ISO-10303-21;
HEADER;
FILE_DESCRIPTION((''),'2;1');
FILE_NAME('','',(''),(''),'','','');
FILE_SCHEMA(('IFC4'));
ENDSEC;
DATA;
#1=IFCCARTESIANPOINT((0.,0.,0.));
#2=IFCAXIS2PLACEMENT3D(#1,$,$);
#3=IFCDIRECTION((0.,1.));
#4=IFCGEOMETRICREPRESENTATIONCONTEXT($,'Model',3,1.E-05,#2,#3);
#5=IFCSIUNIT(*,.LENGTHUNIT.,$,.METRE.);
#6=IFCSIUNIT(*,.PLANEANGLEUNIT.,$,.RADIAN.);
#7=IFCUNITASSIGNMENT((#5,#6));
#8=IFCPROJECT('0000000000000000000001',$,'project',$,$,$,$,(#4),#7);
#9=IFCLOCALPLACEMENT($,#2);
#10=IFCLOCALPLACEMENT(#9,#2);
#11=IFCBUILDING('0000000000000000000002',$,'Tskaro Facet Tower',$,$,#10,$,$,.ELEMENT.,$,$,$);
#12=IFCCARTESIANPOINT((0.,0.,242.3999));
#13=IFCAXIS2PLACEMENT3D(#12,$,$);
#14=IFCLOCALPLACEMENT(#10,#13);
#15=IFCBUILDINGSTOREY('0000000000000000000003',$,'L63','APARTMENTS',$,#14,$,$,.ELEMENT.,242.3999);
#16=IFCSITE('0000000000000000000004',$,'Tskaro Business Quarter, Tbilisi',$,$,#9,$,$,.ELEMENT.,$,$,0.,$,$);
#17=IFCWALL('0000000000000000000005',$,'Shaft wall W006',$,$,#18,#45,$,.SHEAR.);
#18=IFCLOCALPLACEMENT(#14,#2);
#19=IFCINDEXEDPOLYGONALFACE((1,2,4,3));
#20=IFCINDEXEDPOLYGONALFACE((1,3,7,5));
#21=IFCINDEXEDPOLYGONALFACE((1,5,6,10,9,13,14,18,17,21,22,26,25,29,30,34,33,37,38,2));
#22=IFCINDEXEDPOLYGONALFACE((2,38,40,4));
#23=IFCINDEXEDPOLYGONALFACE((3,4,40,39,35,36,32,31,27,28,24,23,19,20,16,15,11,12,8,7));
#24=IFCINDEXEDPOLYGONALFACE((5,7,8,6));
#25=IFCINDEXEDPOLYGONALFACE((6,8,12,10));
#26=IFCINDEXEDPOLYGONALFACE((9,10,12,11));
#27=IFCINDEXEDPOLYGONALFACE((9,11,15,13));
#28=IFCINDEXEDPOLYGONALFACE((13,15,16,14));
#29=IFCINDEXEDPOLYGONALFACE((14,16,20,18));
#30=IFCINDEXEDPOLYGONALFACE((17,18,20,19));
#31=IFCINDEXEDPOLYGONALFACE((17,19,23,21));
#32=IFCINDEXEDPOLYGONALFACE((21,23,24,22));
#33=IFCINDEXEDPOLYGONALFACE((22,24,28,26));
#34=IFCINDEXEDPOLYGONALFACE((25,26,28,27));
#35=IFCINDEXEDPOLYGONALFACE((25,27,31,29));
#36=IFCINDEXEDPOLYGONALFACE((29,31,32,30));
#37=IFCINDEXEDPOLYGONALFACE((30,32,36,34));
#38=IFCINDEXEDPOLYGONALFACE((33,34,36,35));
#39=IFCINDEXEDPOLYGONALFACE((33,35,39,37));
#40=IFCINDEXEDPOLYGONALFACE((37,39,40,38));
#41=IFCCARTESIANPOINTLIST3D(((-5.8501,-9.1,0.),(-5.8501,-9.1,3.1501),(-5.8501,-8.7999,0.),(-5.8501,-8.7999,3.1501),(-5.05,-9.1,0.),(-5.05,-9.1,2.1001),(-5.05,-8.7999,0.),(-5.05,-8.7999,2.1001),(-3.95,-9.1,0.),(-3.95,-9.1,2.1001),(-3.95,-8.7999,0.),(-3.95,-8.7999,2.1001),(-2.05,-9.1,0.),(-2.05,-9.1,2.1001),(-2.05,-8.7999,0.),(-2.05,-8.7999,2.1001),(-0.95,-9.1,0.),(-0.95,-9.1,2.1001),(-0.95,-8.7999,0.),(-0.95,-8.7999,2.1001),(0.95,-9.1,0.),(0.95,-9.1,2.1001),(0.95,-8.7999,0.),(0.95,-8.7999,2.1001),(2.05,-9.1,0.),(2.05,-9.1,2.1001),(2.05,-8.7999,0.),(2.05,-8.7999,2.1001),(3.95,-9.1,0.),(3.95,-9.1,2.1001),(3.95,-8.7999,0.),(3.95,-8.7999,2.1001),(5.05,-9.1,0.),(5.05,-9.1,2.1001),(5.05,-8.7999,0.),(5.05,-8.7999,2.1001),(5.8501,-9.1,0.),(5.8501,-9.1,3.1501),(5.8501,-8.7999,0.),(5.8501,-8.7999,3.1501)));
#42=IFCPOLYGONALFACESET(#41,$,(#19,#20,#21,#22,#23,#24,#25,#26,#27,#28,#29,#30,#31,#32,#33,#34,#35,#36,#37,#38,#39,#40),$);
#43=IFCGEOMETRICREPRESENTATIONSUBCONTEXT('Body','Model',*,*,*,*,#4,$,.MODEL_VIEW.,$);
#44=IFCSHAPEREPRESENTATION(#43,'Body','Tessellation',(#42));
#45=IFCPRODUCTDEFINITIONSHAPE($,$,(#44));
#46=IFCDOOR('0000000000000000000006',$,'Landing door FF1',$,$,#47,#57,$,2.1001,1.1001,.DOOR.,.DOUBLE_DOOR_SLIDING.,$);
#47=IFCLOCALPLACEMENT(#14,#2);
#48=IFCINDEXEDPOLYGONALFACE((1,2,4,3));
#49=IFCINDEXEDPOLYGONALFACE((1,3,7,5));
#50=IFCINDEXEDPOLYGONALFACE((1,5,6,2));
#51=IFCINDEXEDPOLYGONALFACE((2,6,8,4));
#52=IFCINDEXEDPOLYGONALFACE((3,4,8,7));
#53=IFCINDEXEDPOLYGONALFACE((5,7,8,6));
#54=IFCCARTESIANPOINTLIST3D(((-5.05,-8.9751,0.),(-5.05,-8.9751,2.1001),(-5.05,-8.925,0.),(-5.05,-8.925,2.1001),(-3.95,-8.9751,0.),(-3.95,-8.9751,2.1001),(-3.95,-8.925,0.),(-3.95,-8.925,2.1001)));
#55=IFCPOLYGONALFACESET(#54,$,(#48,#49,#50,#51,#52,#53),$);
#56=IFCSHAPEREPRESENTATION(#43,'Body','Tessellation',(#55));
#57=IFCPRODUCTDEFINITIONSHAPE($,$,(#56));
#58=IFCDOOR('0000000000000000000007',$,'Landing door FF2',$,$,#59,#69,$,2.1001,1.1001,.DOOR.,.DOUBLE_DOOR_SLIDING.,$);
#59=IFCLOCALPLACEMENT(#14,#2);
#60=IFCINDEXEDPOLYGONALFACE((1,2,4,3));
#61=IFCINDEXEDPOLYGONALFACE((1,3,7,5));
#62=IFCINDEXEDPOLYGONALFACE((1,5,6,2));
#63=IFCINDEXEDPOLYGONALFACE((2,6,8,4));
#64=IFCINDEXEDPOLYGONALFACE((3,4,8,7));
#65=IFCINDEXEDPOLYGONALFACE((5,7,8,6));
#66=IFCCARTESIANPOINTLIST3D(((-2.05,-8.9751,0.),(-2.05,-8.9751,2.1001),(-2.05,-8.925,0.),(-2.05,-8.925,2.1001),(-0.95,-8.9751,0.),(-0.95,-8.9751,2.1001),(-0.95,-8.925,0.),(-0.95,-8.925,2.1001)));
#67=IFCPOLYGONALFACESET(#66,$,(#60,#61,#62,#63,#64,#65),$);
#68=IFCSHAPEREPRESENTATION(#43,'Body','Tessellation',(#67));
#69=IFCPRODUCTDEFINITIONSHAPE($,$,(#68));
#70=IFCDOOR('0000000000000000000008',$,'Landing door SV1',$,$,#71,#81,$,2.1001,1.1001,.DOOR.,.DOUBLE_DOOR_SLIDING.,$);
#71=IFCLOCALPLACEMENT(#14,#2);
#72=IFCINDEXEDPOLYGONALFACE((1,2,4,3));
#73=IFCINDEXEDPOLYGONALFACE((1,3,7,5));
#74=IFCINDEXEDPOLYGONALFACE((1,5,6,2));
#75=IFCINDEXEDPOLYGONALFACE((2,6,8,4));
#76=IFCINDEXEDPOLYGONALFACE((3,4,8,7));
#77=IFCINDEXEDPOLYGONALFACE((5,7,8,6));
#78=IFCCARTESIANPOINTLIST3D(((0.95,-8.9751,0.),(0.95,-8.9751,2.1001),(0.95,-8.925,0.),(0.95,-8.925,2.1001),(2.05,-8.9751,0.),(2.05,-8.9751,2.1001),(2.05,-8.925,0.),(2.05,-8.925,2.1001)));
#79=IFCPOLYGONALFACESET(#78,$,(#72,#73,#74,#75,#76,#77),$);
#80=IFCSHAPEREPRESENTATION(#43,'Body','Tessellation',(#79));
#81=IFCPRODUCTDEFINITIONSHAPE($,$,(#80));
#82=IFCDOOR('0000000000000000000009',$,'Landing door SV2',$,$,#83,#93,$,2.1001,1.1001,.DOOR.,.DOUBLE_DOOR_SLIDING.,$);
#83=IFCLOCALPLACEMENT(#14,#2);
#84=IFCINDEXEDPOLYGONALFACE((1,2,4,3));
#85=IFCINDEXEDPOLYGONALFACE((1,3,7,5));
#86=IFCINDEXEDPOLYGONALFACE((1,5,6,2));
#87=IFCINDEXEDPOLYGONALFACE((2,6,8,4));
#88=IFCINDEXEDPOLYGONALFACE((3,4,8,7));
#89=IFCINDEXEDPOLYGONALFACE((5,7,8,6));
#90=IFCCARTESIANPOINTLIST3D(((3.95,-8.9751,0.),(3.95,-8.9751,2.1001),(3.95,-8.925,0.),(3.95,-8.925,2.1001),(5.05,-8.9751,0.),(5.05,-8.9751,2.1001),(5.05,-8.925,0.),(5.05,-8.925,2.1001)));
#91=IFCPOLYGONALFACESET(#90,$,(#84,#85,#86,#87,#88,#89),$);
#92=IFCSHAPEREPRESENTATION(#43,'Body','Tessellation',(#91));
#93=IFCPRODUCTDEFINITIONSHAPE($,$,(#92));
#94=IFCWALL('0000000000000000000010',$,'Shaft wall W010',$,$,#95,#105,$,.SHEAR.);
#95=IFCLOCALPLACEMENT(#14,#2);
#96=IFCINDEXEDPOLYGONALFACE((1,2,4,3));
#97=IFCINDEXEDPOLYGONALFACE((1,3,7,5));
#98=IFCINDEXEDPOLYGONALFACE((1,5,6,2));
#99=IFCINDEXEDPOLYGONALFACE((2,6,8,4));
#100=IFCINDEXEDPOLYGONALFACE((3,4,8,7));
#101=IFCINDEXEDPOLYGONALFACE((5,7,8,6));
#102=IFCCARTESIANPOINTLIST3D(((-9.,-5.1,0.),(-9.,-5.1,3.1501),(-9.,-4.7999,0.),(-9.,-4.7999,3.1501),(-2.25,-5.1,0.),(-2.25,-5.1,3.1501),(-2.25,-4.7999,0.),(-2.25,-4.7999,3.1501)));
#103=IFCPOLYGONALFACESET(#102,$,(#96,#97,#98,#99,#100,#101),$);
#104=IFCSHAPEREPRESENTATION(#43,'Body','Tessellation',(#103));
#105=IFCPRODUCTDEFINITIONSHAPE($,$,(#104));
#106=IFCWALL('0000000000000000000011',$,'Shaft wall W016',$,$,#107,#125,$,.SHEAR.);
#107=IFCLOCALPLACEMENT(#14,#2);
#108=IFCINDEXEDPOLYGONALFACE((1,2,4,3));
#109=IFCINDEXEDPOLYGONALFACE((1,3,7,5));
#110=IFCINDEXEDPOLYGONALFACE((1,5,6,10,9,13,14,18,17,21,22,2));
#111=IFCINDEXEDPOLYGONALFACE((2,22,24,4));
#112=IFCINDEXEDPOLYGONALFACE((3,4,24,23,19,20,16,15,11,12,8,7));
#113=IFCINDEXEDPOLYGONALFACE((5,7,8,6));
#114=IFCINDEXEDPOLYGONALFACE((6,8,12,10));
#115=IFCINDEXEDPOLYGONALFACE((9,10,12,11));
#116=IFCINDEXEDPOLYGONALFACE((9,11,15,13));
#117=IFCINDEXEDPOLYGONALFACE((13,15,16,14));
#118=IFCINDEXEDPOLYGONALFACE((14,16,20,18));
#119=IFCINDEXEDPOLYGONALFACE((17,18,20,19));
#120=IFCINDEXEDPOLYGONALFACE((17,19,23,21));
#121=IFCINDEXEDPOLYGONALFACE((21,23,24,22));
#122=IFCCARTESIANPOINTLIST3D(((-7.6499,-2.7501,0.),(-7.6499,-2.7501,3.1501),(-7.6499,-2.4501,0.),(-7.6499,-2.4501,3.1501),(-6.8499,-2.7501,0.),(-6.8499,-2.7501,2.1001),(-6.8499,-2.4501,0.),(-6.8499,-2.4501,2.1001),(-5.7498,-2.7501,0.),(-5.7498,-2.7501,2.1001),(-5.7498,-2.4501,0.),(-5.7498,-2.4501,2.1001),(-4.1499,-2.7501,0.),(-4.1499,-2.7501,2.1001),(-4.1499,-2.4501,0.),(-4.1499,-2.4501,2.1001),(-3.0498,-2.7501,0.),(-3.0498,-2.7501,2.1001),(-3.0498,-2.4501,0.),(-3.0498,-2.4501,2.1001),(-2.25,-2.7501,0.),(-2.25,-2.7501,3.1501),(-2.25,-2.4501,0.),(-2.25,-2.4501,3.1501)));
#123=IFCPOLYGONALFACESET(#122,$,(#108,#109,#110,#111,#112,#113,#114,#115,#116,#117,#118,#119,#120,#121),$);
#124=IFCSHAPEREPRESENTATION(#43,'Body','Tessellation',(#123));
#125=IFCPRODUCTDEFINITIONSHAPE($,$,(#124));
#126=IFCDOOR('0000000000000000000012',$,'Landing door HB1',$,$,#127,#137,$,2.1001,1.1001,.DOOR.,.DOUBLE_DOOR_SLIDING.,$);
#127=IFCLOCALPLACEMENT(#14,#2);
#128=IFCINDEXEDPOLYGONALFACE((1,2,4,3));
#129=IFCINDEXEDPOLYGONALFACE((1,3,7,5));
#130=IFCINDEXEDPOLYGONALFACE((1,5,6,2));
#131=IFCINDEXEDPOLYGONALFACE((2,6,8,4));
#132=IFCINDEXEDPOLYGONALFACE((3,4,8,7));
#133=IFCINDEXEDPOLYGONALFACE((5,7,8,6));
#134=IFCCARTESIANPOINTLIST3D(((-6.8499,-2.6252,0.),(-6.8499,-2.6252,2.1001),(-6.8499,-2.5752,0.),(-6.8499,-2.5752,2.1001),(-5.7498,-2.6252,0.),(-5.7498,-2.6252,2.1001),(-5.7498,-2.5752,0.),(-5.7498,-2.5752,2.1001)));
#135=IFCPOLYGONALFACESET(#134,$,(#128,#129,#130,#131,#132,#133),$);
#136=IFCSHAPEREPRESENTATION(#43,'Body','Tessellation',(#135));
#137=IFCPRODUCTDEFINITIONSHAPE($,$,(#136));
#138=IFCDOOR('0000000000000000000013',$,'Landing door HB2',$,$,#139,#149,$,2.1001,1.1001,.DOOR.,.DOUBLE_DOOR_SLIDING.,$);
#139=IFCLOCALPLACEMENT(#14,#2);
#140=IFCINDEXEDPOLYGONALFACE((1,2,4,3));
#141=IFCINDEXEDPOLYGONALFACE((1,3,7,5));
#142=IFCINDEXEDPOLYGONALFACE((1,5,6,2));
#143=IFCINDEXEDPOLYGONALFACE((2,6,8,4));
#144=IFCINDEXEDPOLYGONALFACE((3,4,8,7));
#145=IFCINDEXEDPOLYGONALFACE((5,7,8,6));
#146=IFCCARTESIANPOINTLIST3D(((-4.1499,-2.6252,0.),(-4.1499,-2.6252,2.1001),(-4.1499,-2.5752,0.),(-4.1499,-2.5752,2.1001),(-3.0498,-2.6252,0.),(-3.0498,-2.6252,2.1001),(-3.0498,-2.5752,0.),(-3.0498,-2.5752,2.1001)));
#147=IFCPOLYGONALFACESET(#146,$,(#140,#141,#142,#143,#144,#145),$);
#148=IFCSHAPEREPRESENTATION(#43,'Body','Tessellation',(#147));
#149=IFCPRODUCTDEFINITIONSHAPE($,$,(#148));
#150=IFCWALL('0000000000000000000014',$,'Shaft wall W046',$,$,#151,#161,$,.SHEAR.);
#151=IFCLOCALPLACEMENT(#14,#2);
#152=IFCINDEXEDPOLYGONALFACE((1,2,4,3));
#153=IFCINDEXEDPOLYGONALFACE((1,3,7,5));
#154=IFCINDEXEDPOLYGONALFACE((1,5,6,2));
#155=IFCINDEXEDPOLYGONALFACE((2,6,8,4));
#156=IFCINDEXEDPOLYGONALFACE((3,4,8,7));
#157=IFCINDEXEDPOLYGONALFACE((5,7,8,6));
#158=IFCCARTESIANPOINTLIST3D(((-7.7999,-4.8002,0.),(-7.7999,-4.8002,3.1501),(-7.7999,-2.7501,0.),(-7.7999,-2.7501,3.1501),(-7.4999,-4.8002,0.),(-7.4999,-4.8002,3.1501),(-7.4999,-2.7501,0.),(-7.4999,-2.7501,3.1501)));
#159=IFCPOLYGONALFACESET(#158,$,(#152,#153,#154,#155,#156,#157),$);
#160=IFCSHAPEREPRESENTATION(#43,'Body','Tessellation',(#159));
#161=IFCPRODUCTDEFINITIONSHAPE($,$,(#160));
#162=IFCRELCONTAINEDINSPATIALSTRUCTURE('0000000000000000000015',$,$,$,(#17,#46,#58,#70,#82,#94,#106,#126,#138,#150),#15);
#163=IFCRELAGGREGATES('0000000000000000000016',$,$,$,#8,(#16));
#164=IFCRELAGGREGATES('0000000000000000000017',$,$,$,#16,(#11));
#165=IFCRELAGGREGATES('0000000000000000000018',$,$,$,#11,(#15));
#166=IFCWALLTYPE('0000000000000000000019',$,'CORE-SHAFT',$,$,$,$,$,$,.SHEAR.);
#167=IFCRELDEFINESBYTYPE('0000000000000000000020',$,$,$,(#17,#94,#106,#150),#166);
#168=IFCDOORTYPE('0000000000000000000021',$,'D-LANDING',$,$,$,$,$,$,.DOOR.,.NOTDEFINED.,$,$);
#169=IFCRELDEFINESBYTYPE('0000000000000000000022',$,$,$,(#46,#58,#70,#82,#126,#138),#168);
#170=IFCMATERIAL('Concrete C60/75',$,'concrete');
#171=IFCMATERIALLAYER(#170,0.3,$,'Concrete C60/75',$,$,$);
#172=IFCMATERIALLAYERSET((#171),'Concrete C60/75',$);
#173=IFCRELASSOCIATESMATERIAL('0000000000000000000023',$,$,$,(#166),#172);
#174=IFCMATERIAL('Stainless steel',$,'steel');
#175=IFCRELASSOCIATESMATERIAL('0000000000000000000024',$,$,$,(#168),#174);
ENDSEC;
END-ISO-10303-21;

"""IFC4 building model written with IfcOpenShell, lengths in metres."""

from ifc_helpers import new_model, si_unit, direction, frame, frame_2d, origin, place, context, subcontext, project, spatial, rectangle, extrude, material, layer, layer_set, type_object, element, fill, save


model = new_model("IFC4")

# Units and contexts
model_context = context("Model", 3, precision=1e-05, world=origin(), true_north=direction((0.0, 1.0)))
body_context = subcontext(model_context, "Body", "Model", "MODEL_VIEW")
ifc_project = project(units=[si_unit("LENGTHUNIT", "METRE"), si_unit("PLANEANGLEUNIT", "RADIAN")], contexts=[model_context])

# Site, building, storey
site_placement = place(None, origin())
site = spatial("IfcSite", under=ifc_project, at=site_placement, Name="Tskaro Business Quarter, Tbilisi", CompositionType="ELEMENT", RefElevation=0.0)
building_placement = place(site_placement, origin())
building = spatial("IfcBuilding", under=site, at=building_placement, Name="Tskaro Facet Tower", CompositionType="ELEMENT")
storey_placement = place(building_placement, frame((0.0, 0.0, 242.3999)))
storey = spatial("IfcBuildingStorey", under=building, at=storey_placement, Name="L63", Description="APARTMENTS", CompositionType="ELEMENT", Elevation=242.3999)

# Wall, openings, doors
ifc_material_1 = material(Name="Concrete C60/75", Category="concrete")
ifc_layer_1 = layer(ifc_material_1, 0.3, Name="Concrete C60/75")
ifc_layer_set_1 = layer_set([ifc_layer_1], Name="Concrete C60/75")
wall_type_1 = type_object("IfcWallType", Name="CORE-SHAFT", PredefinedType="SHEAR", material=ifc_layer_set_1)
wall_1_placement = place(storey_placement, frame((-5.8501, -8.95, 0.0), z_axis=(0.0, 0.0, 1.0), x_axis=(1.0, 0.0, 0.0)))
wall_1 = element("IfcWall", 1, at=wall_1_placement, inside=storey, type_object=wall_type_1, Name="Shaft wall W006", PredefinedType="SHEAR", context=body_context, shape_type="SweptSolid", body=[
    extrude(rectangle(XDim=11.7002, YDim=0.3, at=frame_2d((5.8501, 0.0))), origin(), (0.0, 0.0, 1.0), 3.1501),
])
opening_1_placement = place(wall_1_placement, frame((0.8, 0.0, 0.0)))
opening_1 = element("IfcOpeningElement", 2, at=opening_1_placement, cuts=wall_1, PredefinedType="OPENING", context=body_context, shape_type="SweptSolid", body=[
    extrude(rectangle(XDim=1.1001, YDim=2.1001, at=frame_2d((0.55, 1.05))), frame((0.0, 0.1599, 0.0), z_axis=(0.0, -1.0, 0.0), x_axis=(1.0, 0.0, 0.0)), (0.0, 0.0, 1.0), 0.3201),
])
opening_2_placement = place(wall_1_placement, frame((3.8, 0.0, 0.0)))
opening_2 = element("IfcOpeningElement", 3, at=opening_2_placement, cuts=wall_1, PredefinedType="OPENING", context=body_context, shape_type="SweptSolid", body=[
    extrude(rectangle(XDim=1.1001, YDim=2.1001, at=frame_2d((0.55, 1.05))), frame((0.0, 0.1599, 0.0), z_axis=(0.0, -1.0, 0.0), x_axis=(1.0, 0.0, 0.0)), (0.0, 0.0, 1.0), 0.3201),
])
opening_3_placement = place(wall_1_placement, frame((6.8, 0.0, 0.0)))
opening_3 = element("IfcOpeningElement", 4, at=opening_3_placement, cuts=wall_1, PredefinedType="OPENING", context=body_context, shape_type="SweptSolid", body=[
    extrude(rectangle(XDim=1.1001, YDim=2.1001, at=frame_2d((0.55, 1.05))), frame((0.0, 0.1599, 0.0), z_axis=(0.0, -1.0, 0.0), x_axis=(1.0, 0.0, 0.0)), (0.0, 0.0, 1.0), 0.3201),
])
opening_4_placement = place(wall_1_placement, frame((9.8, 0.0, 0.0)))
opening_4 = element("IfcOpeningElement", 5, at=opening_4_placement, cuts=wall_1, PredefinedType="OPENING", context=body_context, shape_type="SweptSolid", body=[
    extrude(rectangle(XDim=1.1001, YDim=2.1001, at=frame_2d((0.55, 1.05))), frame((0.0, 0.1599, 0.0), z_axis=(0.0, -1.0, 0.0), x_axis=(1.0, 0.0, 0.0)), (0.0, 0.0, 1.0), 0.3201),
])
ifc_material_2 = material(Name="Stainless steel", Category="steel")
door_type_1 = type_object("IfcDoorType", Name="D-LANDING", OperationType="NOTDEFINED", PredefinedType="DOOR", material=ifc_material_2)
door_1_placement = place(opening_1_placement, origin())
door_1 = element("IfcDoor", 6, at=door_1_placement, inside=storey, type_object=door_type_1, Name="Landing door FF1", OperationType="DOUBLE_DOOR_SLIDING", OverallHeight=2.1001, OverallWidth=1.1001, PredefinedType="DOOR", context=body_context, shape_type="SweptSolid", body=[
    extrude(rectangle(XDim=1.1001, YDim=2.1001, at=frame_2d((0.55, 1.05))), frame((0.0, 0.0249, 0.0), z_axis=(0.0, -1.0, 0.0), x_axis=(1.0, 0.0, 0.0)), (0.0, 0.0, 1.0), 0.05),
])
fill(opening_1, door_1)
door_2_placement = place(opening_2_placement, origin())
door_2 = element("IfcDoor", 7, at=door_2_placement, inside=storey, type_object=door_type_1, Name="Landing door FF2", OperationType="DOUBLE_DOOR_SLIDING", OverallHeight=2.1001, OverallWidth=1.1001, PredefinedType="DOOR", context=body_context, shape_type="SweptSolid", body=[
    extrude(rectangle(XDim=1.1001, YDim=2.1001, at=frame_2d((0.55, 1.05))), frame((0.0, 0.0249, 0.0), z_axis=(0.0, -1.0, 0.0), x_axis=(1.0, 0.0, 0.0)), (0.0, 0.0, 1.0), 0.05),
])
fill(opening_2, door_2)
door_3_placement = place(opening_3_placement, origin())
door_3 = element("IfcDoor", 8, at=door_3_placement, inside=storey, type_object=door_type_1, Name="Landing door SV1", OperationType="DOUBLE_DOOR_SLIDING", OverallHeight=2.1001, OverallWidth=1.1001, PredefinedType="DOOR", context=body_context, shape_type="SweptSolid", body=[
    extrude(rectangle(XDim=1.1001, YDim=2.1001, at=frame_2d((0.55, 1.05))), frame((0.0, 0.0249, 0.0), z_axis=(0.0, -1.0, 0.0), x_axis=(1.0, 0.0, 0.0)), (0.0, 0.0, 1.0), 0.05),
])
fill(opening_3, door_3)
door_4_placement = place(opening_4_placement, origin())
door_4 = element("IfcDoor", 9, at=door_4_placement, inside=storey, type_object=door_type_1, Name="Landing door SV2", OperationType="DOUBLE_DOOR_SLIDING", OverallHeight=2.1001, OverallWidth=1.1001, PredefinedType="DOOR", context=body_context, shape_type="SweptSolid", body=[
    extrude(rectangle(XDim=1.1001, YDim=2.1001, at=frame_2d((0.55, 1.05))), frame((0.0, 0.0249, 0.0), z_axis=(0.0, -1.0, 0.0), x_axis=(1.0, 0.0, 0.0)), (0.0, 0.0, 1.0), 0.05),
])
fill(opening_4, door_4)

# Wall
wall_2_placement = place(storey_placement, frame((-9.0, -4.95, 0.0), z_axis=(0.0, 0.0, 1.0), x_axis=(1.0, 0.0, 0.0)))
element("IfcWall", 10, at=wall_2_placement, inside=storey, type_object=wall_type_1, Name="Shaft wall W010", PredefinedType="SHEAR", context=body_context, shape_type="SweptSolid", body=[
    extrude(rectangle(XDim=6.75, YDim=0.3, at=frame_2d((3.375, 0.0))), origin(), (0.0, 0.0, 1.0), 3.1501),
])

# Wall, openings, doors
wall_3_placement = place(storey_placement, frame((-7.6499, -2.6001, 0.0), z_axis=(0.0, 0.0, 1.0), x_axis=(1.0, 0.0, 0.0)))
wall_3 = element("IfcWall", 11, at=wall_3_placement, inside=storey, type_object=wall_type_1, Name="Shaft wall W016", PredefinedType="SHEAR", context=body_context, shape_type="SweptSolid", body=[
    extrude(rectangle(XDim=5.3999, YDim=0.3, at=frame_2d((2.7, 0.0))), origin(), (0.0, 0.0, 1.0), 3.1501),
])
opening_5_placement = place(wall_3_placement, frame((0.8, 0.0, 0.0)))
opening_5 = element("IfcOpeningElement", 12, at=opening_5_placement, cuts=wall_3, PredefinedType="OPENING", context=body_context, shape_type="SweptSolid", body=[
    extrude(rectangle(XDim=1.1001, YDim=2.1001, at=frame_2d((0.55, 1.05))), frame((0.0, 0.1599, 0.0), z_axis=(0.0, -1.0, 0.0), x_axis=(1.0, 0.0, 0.0)), (0.0, 0.0, 1.0), 0.3201),
])
opening_6_placement = place(wall_3_placement, frame((3.5, 0.0, 0.0)))
opening_6 = element("IfcOpeningElement", 13, at=opening_6_placement, cuts=wall_3, PredefinedType="OPENING", context=body_context, shape_type="SweptSolid", body=[
    extrude(rectangle(XDim=1.1001, YDim=2.1001, at=frame_2d((0.55, 1.05))), frame((0.0, 0.1599, 0.0), z_axis=(0.0, -1.0, 0.0), x_axis=(1.0, 0.0, 0.0)), (0.0, 0.0, 1.0), 0.3201),
])
door_5_placement = place(opening_5_placement, origin())
door_5 = element("IfcDoor", 14, at=door_5_placement, inside=storey, type_object=door_type_1, Name="Landing door HB1", OperationType="DOUBLE_DOOR_SLIDING", OverallHeight=2.1001, OverallWidth=1.1001, PredefinedType="DOOR", context=body_context, shape_type="SweptSolid", body=[
    extrude(rectangle(XDim=1.1001, YDim=2.1001, at=frame_2d((0.55, 1.05))), frame((0.0, 0.0249, 0.0), z_axis=(0.0, -1.0, 0.0), x_axis=(1.0, 0.0, 0.0)), (0.0, 0.0, 1.0), 0.05),
])
fill(opening_5, door_5)
door_6_placement = place(opening_6_placement, origin())
door_6 = element("IfcDoor", 15, at=door_6_placement, inside=storey, type_object=door_type_1, Name="Landing door HB2", OperationType="DOUBLE_DOOR_SLIDING", OverallHeight=2.1001, OverallWidth=1.1001, PredefinedType="DOOR", context=body_context, shape_type="SweptSolid", body=[
    extrude(rectangle(XDim=1.1001, YDim=2.1001, at=frame_2d((0.55, 1.05))), frame((0.0, 0.0249, 0.0), z_axis=(0.0, -1.0, 0.0), x_axis=(1.0, 0.0, 0.0)), (0.0, 0.0, 1.0), 0.05),
])
fill(opening_6, door_6)

# Wall
wall_4_placement = place(storey_placement, frame((-7.6499, -4.8, 0.0), z_axis=(0.0, 0.0, 1.0), x_axis=(0.0, 1.0, 0.0)))
element("IfcWall", 16, at=wall_4_placement, inside=storey, type_object=wall_type_1, Name="Shaft wall W046", PredefinedType="SHEAR", context=body_context, shape_type="SweptSolid", body=[
    extrude(rectangle(XDim=2.05, YDim=0.3, at=frame_2d((1.0249, 0.0))), origin(), (0.0, 0.0, 1.0), 3.1501),
])

save(model, "model.ifc")
